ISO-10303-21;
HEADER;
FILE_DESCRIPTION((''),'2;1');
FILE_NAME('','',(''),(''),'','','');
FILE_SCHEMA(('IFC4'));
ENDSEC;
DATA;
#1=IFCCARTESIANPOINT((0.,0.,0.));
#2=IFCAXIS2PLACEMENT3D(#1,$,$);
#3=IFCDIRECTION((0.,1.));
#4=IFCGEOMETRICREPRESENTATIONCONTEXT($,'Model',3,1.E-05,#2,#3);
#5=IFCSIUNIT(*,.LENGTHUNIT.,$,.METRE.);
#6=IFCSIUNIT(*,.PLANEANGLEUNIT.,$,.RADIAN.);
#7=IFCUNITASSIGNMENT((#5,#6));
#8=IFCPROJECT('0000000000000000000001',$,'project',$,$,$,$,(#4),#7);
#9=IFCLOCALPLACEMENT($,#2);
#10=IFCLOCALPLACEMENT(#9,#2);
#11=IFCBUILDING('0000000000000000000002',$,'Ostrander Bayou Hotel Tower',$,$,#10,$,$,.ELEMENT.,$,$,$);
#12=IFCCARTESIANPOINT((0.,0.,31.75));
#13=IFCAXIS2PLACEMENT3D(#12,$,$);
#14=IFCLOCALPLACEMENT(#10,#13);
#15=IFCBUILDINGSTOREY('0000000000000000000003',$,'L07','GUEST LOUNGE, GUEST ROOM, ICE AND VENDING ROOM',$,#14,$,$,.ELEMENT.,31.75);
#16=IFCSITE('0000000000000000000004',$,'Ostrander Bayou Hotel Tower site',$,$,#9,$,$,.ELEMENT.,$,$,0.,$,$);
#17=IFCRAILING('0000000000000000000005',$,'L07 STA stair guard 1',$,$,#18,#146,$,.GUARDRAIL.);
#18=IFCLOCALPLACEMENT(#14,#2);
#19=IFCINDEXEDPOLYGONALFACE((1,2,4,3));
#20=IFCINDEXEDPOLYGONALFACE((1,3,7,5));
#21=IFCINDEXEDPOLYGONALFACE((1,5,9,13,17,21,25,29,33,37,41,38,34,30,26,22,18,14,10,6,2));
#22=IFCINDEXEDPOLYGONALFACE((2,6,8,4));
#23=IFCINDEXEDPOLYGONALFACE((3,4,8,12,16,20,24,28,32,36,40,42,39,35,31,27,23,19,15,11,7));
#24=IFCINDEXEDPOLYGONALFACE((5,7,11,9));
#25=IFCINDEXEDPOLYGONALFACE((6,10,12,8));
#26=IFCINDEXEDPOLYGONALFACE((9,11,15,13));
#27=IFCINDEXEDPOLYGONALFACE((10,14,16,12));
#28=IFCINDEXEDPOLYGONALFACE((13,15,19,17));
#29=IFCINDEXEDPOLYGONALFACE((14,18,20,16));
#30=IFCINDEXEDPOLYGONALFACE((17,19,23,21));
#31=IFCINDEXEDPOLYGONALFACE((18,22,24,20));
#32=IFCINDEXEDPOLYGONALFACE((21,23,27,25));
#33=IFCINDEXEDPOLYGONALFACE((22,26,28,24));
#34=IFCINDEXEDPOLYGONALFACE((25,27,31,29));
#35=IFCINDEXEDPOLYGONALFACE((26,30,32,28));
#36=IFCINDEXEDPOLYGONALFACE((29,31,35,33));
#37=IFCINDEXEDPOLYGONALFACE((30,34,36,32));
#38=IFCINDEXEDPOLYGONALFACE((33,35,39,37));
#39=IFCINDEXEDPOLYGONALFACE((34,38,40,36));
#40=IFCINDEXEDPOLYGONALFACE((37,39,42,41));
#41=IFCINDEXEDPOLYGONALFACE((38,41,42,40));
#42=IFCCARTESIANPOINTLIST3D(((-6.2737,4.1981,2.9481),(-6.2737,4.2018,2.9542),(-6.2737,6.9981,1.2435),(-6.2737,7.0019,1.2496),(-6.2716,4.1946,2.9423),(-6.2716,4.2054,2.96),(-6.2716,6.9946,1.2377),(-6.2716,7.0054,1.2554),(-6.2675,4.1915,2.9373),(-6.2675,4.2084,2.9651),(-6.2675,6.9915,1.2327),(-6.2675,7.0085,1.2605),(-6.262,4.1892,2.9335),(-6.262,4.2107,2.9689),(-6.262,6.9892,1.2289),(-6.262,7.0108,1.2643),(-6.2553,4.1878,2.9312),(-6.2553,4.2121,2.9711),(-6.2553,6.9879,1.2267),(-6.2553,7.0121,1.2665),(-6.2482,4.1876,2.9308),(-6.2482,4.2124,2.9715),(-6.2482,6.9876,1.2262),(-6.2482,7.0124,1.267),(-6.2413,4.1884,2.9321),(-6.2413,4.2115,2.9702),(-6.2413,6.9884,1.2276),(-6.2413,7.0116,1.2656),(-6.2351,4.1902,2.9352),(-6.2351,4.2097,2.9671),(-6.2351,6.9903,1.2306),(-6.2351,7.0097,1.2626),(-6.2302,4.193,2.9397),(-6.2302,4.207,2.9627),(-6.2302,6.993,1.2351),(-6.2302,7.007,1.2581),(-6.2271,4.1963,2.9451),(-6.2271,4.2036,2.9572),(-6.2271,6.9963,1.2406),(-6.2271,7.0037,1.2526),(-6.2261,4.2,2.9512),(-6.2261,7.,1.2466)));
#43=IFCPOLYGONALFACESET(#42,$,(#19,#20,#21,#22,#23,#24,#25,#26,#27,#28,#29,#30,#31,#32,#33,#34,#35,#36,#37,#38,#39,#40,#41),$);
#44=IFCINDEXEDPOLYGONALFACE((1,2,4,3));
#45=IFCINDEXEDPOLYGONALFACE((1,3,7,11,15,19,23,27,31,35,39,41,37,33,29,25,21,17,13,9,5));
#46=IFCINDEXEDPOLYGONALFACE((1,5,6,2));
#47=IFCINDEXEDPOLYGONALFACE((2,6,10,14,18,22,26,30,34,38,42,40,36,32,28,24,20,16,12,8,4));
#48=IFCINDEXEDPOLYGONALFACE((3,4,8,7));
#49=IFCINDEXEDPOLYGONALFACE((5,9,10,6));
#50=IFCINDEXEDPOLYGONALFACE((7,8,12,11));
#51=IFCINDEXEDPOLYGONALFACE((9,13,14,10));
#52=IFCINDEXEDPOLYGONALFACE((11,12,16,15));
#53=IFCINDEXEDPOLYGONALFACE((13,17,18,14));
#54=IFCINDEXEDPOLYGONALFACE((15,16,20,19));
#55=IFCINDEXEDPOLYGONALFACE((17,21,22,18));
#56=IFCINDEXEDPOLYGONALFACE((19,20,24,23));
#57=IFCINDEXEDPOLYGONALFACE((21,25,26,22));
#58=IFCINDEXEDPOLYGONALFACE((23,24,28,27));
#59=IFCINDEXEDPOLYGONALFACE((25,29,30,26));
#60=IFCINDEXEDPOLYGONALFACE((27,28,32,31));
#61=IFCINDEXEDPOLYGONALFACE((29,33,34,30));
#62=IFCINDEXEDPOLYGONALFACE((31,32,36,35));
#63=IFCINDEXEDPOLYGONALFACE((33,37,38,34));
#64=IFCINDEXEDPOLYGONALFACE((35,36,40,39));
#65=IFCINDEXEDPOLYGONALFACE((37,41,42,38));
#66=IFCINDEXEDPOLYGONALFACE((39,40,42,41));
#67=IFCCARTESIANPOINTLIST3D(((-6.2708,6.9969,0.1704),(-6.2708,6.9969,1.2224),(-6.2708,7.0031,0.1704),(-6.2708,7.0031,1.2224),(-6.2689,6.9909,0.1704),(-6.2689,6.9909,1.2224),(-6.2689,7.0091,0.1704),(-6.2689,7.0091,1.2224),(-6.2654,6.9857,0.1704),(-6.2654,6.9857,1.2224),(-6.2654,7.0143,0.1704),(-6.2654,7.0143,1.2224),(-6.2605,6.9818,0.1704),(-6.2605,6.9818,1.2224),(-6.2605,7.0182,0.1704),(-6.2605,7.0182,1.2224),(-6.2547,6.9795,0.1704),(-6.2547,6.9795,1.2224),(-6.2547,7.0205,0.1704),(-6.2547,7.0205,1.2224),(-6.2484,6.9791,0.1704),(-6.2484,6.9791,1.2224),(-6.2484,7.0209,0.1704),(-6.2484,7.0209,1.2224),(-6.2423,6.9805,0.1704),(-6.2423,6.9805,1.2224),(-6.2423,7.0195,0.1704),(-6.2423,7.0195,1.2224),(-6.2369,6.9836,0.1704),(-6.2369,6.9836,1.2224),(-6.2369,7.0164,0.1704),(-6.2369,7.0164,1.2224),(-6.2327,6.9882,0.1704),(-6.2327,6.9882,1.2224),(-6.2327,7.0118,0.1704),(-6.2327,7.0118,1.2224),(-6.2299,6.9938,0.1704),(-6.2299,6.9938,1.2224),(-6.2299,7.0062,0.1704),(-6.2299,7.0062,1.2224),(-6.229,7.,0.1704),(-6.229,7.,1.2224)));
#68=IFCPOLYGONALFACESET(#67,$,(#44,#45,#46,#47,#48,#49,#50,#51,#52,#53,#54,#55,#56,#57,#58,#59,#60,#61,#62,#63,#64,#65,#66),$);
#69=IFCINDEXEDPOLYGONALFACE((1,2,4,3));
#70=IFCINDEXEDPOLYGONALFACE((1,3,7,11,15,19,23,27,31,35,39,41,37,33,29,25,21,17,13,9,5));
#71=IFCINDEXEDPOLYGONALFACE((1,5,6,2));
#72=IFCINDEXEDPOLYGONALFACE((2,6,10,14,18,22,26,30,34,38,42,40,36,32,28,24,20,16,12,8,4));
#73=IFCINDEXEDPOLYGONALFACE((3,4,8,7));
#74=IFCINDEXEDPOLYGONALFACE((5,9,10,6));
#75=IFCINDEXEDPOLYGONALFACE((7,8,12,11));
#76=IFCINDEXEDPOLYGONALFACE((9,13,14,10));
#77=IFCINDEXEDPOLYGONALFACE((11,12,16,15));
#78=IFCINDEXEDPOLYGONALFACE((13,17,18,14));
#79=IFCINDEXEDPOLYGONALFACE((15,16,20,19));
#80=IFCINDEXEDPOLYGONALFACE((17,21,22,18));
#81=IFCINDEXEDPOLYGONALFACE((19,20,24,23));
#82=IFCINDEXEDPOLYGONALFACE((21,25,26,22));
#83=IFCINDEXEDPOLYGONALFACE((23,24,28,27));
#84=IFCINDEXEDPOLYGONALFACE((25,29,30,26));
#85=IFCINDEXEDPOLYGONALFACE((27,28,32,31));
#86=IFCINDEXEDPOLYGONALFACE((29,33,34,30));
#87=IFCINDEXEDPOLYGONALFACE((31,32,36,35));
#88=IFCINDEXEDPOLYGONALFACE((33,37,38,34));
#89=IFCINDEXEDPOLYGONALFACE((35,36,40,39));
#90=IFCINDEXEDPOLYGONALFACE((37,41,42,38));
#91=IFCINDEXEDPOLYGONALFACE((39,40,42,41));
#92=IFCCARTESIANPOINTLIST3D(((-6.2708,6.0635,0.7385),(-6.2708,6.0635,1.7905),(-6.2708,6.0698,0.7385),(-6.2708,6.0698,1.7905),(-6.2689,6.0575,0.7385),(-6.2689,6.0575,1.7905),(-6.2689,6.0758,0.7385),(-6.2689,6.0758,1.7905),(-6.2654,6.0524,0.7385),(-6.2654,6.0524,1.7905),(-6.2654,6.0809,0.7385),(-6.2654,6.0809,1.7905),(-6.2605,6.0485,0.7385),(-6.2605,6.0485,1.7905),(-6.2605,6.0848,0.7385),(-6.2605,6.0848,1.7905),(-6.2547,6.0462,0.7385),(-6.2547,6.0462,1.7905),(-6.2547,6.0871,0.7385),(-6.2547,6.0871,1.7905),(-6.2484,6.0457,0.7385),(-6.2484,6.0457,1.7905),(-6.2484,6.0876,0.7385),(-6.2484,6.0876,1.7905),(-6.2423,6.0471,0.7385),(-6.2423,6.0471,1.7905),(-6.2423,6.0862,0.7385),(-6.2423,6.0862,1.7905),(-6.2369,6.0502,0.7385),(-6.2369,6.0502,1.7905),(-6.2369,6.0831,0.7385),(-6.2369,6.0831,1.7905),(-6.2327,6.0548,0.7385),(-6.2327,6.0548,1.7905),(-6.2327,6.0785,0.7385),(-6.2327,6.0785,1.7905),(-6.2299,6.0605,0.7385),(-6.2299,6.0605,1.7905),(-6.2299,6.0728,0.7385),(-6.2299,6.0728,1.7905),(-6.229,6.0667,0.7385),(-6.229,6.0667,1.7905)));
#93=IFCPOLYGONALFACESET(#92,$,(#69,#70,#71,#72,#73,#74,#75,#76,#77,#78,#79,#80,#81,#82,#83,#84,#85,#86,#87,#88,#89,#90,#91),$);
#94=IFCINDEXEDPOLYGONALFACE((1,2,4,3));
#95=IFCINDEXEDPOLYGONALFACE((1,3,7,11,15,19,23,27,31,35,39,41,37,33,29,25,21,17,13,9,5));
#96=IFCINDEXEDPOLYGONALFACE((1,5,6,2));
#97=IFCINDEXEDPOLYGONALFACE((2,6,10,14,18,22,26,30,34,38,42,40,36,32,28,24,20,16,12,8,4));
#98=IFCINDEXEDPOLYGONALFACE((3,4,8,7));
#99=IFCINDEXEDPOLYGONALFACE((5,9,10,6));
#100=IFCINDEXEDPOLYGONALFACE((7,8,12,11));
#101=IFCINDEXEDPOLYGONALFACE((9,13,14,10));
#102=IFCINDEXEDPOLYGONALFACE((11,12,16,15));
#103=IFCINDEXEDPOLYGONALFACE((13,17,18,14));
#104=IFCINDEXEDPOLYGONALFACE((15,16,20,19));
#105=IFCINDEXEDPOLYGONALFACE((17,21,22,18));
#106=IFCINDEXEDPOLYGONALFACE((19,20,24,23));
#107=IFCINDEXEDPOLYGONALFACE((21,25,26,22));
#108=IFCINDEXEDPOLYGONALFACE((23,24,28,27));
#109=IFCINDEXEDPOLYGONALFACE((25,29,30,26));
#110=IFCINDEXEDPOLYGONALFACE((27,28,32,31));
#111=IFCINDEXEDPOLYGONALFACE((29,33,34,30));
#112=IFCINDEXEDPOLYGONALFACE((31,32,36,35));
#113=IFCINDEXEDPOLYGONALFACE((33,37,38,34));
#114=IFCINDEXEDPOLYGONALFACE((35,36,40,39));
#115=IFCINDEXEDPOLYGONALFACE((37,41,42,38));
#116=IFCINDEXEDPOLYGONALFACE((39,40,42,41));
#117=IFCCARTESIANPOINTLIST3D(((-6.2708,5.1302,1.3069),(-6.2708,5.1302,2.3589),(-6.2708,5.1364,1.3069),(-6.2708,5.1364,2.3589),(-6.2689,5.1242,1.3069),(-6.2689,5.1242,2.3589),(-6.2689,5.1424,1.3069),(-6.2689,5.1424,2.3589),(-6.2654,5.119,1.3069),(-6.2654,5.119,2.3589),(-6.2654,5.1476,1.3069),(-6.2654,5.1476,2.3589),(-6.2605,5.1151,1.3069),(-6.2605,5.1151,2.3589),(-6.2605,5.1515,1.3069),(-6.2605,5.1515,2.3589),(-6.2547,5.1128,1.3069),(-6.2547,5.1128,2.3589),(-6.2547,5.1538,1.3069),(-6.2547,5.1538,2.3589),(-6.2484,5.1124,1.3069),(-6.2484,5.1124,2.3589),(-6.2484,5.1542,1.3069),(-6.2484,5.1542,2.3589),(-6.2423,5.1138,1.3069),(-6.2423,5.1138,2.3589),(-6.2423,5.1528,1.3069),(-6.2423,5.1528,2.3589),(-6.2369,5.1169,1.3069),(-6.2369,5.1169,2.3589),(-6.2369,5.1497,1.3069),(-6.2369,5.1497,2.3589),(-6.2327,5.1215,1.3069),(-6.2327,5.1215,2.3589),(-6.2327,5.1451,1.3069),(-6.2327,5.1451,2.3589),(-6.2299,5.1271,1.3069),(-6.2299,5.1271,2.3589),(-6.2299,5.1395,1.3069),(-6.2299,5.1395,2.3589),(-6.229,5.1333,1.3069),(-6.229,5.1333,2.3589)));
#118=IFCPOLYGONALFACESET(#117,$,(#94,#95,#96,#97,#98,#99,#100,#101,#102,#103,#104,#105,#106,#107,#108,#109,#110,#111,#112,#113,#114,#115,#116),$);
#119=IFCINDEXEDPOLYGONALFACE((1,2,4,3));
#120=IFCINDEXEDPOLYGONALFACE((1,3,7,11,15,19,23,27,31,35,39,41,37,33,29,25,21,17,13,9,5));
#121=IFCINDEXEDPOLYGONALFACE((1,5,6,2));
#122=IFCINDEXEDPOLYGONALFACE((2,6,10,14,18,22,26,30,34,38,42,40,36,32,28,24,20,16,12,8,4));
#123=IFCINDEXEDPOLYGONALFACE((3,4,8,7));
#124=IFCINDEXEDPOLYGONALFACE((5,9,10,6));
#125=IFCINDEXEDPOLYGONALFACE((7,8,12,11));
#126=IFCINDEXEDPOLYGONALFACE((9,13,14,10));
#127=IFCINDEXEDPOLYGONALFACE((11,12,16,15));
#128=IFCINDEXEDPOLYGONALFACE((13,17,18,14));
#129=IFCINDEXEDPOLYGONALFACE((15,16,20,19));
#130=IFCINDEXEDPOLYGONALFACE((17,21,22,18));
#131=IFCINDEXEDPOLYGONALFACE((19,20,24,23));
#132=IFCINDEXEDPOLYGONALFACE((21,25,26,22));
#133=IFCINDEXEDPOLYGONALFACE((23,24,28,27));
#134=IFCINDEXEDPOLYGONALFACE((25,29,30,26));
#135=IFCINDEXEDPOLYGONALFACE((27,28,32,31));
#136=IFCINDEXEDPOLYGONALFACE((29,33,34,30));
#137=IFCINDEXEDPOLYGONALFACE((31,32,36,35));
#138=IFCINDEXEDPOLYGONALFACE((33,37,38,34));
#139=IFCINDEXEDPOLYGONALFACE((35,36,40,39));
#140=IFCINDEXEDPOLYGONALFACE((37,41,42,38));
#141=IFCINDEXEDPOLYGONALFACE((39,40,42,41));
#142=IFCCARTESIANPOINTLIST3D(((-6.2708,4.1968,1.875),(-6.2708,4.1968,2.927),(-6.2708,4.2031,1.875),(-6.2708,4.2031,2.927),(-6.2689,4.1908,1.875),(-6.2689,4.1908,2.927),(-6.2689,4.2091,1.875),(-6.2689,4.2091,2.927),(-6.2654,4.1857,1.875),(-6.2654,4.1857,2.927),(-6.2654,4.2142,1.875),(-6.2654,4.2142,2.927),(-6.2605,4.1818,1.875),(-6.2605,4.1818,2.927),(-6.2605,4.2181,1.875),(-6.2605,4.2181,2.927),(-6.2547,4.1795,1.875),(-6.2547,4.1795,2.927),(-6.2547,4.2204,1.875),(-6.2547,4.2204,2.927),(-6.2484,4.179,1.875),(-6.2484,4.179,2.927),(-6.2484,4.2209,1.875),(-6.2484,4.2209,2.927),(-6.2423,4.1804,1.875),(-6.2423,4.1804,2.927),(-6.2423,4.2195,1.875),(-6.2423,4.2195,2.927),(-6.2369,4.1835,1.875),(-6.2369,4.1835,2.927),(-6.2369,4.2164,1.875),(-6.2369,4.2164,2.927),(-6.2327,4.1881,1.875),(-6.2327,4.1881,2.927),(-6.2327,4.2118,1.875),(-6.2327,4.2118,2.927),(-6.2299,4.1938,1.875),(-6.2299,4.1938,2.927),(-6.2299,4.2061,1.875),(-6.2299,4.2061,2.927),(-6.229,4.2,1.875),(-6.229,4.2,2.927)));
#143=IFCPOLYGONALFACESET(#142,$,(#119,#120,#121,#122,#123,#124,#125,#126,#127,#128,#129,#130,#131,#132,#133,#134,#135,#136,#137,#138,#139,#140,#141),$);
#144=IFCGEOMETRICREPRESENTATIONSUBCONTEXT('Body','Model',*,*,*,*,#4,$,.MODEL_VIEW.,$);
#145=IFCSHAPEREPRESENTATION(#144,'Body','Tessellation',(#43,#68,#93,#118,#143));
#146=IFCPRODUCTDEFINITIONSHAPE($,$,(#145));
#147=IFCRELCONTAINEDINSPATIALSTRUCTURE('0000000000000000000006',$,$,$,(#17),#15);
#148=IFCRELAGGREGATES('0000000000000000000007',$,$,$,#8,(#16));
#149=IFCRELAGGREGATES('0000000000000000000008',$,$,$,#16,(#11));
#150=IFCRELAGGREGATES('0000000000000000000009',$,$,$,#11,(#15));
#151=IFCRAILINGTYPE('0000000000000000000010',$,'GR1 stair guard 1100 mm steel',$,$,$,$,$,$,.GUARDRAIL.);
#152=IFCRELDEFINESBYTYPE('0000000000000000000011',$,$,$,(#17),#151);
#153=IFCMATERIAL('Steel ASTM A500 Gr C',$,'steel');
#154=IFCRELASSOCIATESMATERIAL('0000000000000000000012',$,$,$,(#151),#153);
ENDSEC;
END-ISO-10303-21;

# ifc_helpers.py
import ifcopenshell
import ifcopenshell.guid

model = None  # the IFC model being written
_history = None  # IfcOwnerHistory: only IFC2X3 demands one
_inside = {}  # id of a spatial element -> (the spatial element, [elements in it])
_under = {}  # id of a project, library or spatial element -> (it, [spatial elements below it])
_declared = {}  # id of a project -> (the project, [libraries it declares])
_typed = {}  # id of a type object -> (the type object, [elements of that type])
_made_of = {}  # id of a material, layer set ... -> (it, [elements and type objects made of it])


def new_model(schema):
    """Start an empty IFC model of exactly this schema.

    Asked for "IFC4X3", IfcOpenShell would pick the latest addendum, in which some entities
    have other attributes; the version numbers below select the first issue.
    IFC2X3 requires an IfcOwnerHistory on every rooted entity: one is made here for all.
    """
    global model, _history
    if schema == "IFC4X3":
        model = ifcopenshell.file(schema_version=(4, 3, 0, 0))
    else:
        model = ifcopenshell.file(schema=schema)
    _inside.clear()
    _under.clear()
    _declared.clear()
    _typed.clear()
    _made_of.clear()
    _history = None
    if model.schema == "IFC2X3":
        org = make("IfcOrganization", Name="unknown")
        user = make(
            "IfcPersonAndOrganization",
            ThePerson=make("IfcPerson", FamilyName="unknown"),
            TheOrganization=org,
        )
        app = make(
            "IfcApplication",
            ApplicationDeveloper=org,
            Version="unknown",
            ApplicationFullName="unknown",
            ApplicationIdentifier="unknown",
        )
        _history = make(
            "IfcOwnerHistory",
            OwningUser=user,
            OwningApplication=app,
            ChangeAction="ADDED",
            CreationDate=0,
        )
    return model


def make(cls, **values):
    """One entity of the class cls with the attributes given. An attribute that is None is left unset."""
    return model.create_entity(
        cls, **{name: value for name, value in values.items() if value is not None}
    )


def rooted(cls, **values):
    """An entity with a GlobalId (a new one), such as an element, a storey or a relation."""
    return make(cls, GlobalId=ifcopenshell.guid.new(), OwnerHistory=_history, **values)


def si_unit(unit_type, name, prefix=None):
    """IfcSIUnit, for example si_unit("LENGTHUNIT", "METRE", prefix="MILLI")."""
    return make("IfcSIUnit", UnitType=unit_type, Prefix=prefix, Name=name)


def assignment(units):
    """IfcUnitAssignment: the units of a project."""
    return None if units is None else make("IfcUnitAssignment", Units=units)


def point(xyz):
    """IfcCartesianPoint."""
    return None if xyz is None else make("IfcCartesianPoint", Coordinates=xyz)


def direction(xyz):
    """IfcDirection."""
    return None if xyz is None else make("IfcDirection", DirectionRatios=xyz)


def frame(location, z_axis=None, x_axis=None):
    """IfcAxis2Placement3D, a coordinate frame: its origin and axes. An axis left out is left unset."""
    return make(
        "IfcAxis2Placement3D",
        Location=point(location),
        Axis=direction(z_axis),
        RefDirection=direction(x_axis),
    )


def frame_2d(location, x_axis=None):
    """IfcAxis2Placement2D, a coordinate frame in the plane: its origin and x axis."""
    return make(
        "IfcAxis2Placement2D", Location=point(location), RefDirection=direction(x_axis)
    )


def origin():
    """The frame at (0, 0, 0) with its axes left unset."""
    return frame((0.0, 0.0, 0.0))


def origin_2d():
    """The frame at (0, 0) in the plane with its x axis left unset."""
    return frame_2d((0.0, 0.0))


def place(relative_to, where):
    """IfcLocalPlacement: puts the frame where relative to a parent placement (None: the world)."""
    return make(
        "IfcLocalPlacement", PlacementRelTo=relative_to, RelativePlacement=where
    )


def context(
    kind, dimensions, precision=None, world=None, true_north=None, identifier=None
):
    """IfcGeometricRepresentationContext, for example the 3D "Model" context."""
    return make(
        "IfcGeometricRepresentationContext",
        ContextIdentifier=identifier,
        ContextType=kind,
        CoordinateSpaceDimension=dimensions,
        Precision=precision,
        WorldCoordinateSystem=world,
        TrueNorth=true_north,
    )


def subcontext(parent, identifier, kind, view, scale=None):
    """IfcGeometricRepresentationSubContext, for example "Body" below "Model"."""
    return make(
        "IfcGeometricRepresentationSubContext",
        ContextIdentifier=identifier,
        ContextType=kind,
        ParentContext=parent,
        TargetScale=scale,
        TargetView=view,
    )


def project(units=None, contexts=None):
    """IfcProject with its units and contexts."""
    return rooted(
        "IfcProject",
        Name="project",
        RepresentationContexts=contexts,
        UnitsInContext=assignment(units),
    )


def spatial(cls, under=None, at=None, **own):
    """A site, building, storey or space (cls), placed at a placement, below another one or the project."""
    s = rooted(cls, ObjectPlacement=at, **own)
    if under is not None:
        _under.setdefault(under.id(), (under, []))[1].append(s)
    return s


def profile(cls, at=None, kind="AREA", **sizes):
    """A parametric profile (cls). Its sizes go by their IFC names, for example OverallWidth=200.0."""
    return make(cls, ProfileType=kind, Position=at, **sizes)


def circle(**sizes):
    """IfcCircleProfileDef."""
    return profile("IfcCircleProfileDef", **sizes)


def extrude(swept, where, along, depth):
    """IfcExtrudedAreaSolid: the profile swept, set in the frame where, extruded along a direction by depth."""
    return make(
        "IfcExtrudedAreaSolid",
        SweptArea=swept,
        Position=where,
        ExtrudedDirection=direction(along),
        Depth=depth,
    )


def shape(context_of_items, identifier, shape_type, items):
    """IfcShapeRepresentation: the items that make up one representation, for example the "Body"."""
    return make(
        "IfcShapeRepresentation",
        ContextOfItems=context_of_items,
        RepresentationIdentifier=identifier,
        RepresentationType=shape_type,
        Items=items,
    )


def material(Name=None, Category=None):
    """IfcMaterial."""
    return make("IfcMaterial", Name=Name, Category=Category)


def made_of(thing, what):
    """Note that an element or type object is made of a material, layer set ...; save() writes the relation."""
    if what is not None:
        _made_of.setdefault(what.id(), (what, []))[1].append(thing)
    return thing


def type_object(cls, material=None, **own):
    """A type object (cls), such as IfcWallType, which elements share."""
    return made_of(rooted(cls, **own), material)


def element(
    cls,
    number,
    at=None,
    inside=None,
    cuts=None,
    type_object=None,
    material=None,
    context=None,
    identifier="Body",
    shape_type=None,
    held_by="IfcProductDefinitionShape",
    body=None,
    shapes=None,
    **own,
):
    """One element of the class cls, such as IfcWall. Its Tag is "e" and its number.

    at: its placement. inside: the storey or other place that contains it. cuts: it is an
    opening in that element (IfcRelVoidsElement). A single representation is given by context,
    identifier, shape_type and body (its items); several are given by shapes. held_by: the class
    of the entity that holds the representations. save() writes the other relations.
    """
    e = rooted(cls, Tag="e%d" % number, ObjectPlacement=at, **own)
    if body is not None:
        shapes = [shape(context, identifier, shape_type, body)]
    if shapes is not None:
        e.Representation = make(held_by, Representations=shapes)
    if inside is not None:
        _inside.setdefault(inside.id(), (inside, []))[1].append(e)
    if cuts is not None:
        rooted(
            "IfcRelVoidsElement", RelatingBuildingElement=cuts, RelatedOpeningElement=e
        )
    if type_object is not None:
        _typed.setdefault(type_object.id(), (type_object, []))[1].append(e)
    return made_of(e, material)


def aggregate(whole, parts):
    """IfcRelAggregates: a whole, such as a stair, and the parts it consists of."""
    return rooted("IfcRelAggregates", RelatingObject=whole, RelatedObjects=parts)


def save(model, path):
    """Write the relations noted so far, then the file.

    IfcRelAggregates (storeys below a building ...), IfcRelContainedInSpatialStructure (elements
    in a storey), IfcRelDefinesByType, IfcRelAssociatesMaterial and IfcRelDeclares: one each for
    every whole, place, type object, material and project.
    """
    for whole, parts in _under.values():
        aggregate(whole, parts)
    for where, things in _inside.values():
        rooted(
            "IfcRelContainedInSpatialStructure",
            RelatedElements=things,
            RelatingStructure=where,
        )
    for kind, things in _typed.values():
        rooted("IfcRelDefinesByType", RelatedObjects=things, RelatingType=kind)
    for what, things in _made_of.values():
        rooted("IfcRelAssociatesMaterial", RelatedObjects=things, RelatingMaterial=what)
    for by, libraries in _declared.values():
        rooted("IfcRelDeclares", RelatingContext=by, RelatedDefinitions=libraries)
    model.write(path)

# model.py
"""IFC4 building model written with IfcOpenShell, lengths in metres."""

from ifc_helpers import new_model, si_unit, direction, frame, origin, origin_2d, place, context, subcontext, project, spatial, circle, extrude, material, type_object, element, save


model = new_model("IFC4")

# Units and contexts
model_context = context("Model", 3, precision=1e-05, world=origin(), true_north=direction((0.0, 1.0)))
body_context = subcontext(model_context, "Body", "Model", "MODEL_VIEW")
ifc_project = project(units=[si_unit("LENGTHUNIT", "METRE"), si_unit("PLANEANGLEUNIT", "RADIAN")], contexts=[model_context])

# Site, building, storey
site_placement = place(None, origin())
site = spatial("IfcSite", under=ifc_project, at=site_placement, Name="Ostrander Bayou Hotel Tower site", CompositionType="ELEMENT", RefElevation=0.0)
building_placement = place(site_placement, origin())
building = spatial("IfcBuilding", under=site, at=building_placement, Name="Ostrander Bayou Hotel Tower", CompositionType="ELEMENT")
storey_placement = place(building_placement, frame((0.0, 0.0, 31.75)))
storey = spatial("IfcBuildingStorey", under=building, at=storey_placement, Name="L07", Description="GUEST LOUNGE, GUEST ROOM, ICE AND VENDING ROOM", CompositionType="ELEMENT", Elevation=31.75)

# Railing
ifc_material_1 = material(Name="Steel ASTM A500 Gr C", Category="steel")
railing_type_1 = type_object("IfcRailingType", Name="GR1 stair guard 1100 mm steel", PredefinedType="GUARDRAIL", material=ifc_material_1)
railing_1_placement = place(storey_placement, frame((-6.25, 7.0, 0.1704)))
element("IfcRailing", 1, at=railing_1_placement, inside=storey, type_object=railing_type_1, Name="L07 STA stair guard 1", PredefinedType="GUARDRAIL", context=body_context, shape_type="SweptSolid", body=[
    extrude(circle(Radius=0.0239, at=origin_2d()), frame((0.0, 0.0, 1.0762), z_axis=(0.0, -0.85417, 0.519994), x_axis=(1.0, 0.0, 0.0)), (0.0, 0.0, 1.0), 3.2781),
    extrude(circle(Radius=0.021, at=origin_2d()), origin(), (0.0, 0.0, 1.0), 1.052),
    extrude(circle(Radius=0.021, at=origin_2d()), frame((0.0, -0.9333, 0.5681)), (0.0, 0.0, 1.0), 1.052),
    extrude(circle(Radius=0.021, at=origin_2d()), frame((0.0, -1.8667, 1.1365)), (0.0, 0.0, 1.0), 1.052),
    extrude(circle(Radius=0.021, at=origin_2d()), frame((0.0, -2.8, 1.7046)), (0.0, 0.0, 1.0), 1.052),
])

save(model, "model.ifc")
